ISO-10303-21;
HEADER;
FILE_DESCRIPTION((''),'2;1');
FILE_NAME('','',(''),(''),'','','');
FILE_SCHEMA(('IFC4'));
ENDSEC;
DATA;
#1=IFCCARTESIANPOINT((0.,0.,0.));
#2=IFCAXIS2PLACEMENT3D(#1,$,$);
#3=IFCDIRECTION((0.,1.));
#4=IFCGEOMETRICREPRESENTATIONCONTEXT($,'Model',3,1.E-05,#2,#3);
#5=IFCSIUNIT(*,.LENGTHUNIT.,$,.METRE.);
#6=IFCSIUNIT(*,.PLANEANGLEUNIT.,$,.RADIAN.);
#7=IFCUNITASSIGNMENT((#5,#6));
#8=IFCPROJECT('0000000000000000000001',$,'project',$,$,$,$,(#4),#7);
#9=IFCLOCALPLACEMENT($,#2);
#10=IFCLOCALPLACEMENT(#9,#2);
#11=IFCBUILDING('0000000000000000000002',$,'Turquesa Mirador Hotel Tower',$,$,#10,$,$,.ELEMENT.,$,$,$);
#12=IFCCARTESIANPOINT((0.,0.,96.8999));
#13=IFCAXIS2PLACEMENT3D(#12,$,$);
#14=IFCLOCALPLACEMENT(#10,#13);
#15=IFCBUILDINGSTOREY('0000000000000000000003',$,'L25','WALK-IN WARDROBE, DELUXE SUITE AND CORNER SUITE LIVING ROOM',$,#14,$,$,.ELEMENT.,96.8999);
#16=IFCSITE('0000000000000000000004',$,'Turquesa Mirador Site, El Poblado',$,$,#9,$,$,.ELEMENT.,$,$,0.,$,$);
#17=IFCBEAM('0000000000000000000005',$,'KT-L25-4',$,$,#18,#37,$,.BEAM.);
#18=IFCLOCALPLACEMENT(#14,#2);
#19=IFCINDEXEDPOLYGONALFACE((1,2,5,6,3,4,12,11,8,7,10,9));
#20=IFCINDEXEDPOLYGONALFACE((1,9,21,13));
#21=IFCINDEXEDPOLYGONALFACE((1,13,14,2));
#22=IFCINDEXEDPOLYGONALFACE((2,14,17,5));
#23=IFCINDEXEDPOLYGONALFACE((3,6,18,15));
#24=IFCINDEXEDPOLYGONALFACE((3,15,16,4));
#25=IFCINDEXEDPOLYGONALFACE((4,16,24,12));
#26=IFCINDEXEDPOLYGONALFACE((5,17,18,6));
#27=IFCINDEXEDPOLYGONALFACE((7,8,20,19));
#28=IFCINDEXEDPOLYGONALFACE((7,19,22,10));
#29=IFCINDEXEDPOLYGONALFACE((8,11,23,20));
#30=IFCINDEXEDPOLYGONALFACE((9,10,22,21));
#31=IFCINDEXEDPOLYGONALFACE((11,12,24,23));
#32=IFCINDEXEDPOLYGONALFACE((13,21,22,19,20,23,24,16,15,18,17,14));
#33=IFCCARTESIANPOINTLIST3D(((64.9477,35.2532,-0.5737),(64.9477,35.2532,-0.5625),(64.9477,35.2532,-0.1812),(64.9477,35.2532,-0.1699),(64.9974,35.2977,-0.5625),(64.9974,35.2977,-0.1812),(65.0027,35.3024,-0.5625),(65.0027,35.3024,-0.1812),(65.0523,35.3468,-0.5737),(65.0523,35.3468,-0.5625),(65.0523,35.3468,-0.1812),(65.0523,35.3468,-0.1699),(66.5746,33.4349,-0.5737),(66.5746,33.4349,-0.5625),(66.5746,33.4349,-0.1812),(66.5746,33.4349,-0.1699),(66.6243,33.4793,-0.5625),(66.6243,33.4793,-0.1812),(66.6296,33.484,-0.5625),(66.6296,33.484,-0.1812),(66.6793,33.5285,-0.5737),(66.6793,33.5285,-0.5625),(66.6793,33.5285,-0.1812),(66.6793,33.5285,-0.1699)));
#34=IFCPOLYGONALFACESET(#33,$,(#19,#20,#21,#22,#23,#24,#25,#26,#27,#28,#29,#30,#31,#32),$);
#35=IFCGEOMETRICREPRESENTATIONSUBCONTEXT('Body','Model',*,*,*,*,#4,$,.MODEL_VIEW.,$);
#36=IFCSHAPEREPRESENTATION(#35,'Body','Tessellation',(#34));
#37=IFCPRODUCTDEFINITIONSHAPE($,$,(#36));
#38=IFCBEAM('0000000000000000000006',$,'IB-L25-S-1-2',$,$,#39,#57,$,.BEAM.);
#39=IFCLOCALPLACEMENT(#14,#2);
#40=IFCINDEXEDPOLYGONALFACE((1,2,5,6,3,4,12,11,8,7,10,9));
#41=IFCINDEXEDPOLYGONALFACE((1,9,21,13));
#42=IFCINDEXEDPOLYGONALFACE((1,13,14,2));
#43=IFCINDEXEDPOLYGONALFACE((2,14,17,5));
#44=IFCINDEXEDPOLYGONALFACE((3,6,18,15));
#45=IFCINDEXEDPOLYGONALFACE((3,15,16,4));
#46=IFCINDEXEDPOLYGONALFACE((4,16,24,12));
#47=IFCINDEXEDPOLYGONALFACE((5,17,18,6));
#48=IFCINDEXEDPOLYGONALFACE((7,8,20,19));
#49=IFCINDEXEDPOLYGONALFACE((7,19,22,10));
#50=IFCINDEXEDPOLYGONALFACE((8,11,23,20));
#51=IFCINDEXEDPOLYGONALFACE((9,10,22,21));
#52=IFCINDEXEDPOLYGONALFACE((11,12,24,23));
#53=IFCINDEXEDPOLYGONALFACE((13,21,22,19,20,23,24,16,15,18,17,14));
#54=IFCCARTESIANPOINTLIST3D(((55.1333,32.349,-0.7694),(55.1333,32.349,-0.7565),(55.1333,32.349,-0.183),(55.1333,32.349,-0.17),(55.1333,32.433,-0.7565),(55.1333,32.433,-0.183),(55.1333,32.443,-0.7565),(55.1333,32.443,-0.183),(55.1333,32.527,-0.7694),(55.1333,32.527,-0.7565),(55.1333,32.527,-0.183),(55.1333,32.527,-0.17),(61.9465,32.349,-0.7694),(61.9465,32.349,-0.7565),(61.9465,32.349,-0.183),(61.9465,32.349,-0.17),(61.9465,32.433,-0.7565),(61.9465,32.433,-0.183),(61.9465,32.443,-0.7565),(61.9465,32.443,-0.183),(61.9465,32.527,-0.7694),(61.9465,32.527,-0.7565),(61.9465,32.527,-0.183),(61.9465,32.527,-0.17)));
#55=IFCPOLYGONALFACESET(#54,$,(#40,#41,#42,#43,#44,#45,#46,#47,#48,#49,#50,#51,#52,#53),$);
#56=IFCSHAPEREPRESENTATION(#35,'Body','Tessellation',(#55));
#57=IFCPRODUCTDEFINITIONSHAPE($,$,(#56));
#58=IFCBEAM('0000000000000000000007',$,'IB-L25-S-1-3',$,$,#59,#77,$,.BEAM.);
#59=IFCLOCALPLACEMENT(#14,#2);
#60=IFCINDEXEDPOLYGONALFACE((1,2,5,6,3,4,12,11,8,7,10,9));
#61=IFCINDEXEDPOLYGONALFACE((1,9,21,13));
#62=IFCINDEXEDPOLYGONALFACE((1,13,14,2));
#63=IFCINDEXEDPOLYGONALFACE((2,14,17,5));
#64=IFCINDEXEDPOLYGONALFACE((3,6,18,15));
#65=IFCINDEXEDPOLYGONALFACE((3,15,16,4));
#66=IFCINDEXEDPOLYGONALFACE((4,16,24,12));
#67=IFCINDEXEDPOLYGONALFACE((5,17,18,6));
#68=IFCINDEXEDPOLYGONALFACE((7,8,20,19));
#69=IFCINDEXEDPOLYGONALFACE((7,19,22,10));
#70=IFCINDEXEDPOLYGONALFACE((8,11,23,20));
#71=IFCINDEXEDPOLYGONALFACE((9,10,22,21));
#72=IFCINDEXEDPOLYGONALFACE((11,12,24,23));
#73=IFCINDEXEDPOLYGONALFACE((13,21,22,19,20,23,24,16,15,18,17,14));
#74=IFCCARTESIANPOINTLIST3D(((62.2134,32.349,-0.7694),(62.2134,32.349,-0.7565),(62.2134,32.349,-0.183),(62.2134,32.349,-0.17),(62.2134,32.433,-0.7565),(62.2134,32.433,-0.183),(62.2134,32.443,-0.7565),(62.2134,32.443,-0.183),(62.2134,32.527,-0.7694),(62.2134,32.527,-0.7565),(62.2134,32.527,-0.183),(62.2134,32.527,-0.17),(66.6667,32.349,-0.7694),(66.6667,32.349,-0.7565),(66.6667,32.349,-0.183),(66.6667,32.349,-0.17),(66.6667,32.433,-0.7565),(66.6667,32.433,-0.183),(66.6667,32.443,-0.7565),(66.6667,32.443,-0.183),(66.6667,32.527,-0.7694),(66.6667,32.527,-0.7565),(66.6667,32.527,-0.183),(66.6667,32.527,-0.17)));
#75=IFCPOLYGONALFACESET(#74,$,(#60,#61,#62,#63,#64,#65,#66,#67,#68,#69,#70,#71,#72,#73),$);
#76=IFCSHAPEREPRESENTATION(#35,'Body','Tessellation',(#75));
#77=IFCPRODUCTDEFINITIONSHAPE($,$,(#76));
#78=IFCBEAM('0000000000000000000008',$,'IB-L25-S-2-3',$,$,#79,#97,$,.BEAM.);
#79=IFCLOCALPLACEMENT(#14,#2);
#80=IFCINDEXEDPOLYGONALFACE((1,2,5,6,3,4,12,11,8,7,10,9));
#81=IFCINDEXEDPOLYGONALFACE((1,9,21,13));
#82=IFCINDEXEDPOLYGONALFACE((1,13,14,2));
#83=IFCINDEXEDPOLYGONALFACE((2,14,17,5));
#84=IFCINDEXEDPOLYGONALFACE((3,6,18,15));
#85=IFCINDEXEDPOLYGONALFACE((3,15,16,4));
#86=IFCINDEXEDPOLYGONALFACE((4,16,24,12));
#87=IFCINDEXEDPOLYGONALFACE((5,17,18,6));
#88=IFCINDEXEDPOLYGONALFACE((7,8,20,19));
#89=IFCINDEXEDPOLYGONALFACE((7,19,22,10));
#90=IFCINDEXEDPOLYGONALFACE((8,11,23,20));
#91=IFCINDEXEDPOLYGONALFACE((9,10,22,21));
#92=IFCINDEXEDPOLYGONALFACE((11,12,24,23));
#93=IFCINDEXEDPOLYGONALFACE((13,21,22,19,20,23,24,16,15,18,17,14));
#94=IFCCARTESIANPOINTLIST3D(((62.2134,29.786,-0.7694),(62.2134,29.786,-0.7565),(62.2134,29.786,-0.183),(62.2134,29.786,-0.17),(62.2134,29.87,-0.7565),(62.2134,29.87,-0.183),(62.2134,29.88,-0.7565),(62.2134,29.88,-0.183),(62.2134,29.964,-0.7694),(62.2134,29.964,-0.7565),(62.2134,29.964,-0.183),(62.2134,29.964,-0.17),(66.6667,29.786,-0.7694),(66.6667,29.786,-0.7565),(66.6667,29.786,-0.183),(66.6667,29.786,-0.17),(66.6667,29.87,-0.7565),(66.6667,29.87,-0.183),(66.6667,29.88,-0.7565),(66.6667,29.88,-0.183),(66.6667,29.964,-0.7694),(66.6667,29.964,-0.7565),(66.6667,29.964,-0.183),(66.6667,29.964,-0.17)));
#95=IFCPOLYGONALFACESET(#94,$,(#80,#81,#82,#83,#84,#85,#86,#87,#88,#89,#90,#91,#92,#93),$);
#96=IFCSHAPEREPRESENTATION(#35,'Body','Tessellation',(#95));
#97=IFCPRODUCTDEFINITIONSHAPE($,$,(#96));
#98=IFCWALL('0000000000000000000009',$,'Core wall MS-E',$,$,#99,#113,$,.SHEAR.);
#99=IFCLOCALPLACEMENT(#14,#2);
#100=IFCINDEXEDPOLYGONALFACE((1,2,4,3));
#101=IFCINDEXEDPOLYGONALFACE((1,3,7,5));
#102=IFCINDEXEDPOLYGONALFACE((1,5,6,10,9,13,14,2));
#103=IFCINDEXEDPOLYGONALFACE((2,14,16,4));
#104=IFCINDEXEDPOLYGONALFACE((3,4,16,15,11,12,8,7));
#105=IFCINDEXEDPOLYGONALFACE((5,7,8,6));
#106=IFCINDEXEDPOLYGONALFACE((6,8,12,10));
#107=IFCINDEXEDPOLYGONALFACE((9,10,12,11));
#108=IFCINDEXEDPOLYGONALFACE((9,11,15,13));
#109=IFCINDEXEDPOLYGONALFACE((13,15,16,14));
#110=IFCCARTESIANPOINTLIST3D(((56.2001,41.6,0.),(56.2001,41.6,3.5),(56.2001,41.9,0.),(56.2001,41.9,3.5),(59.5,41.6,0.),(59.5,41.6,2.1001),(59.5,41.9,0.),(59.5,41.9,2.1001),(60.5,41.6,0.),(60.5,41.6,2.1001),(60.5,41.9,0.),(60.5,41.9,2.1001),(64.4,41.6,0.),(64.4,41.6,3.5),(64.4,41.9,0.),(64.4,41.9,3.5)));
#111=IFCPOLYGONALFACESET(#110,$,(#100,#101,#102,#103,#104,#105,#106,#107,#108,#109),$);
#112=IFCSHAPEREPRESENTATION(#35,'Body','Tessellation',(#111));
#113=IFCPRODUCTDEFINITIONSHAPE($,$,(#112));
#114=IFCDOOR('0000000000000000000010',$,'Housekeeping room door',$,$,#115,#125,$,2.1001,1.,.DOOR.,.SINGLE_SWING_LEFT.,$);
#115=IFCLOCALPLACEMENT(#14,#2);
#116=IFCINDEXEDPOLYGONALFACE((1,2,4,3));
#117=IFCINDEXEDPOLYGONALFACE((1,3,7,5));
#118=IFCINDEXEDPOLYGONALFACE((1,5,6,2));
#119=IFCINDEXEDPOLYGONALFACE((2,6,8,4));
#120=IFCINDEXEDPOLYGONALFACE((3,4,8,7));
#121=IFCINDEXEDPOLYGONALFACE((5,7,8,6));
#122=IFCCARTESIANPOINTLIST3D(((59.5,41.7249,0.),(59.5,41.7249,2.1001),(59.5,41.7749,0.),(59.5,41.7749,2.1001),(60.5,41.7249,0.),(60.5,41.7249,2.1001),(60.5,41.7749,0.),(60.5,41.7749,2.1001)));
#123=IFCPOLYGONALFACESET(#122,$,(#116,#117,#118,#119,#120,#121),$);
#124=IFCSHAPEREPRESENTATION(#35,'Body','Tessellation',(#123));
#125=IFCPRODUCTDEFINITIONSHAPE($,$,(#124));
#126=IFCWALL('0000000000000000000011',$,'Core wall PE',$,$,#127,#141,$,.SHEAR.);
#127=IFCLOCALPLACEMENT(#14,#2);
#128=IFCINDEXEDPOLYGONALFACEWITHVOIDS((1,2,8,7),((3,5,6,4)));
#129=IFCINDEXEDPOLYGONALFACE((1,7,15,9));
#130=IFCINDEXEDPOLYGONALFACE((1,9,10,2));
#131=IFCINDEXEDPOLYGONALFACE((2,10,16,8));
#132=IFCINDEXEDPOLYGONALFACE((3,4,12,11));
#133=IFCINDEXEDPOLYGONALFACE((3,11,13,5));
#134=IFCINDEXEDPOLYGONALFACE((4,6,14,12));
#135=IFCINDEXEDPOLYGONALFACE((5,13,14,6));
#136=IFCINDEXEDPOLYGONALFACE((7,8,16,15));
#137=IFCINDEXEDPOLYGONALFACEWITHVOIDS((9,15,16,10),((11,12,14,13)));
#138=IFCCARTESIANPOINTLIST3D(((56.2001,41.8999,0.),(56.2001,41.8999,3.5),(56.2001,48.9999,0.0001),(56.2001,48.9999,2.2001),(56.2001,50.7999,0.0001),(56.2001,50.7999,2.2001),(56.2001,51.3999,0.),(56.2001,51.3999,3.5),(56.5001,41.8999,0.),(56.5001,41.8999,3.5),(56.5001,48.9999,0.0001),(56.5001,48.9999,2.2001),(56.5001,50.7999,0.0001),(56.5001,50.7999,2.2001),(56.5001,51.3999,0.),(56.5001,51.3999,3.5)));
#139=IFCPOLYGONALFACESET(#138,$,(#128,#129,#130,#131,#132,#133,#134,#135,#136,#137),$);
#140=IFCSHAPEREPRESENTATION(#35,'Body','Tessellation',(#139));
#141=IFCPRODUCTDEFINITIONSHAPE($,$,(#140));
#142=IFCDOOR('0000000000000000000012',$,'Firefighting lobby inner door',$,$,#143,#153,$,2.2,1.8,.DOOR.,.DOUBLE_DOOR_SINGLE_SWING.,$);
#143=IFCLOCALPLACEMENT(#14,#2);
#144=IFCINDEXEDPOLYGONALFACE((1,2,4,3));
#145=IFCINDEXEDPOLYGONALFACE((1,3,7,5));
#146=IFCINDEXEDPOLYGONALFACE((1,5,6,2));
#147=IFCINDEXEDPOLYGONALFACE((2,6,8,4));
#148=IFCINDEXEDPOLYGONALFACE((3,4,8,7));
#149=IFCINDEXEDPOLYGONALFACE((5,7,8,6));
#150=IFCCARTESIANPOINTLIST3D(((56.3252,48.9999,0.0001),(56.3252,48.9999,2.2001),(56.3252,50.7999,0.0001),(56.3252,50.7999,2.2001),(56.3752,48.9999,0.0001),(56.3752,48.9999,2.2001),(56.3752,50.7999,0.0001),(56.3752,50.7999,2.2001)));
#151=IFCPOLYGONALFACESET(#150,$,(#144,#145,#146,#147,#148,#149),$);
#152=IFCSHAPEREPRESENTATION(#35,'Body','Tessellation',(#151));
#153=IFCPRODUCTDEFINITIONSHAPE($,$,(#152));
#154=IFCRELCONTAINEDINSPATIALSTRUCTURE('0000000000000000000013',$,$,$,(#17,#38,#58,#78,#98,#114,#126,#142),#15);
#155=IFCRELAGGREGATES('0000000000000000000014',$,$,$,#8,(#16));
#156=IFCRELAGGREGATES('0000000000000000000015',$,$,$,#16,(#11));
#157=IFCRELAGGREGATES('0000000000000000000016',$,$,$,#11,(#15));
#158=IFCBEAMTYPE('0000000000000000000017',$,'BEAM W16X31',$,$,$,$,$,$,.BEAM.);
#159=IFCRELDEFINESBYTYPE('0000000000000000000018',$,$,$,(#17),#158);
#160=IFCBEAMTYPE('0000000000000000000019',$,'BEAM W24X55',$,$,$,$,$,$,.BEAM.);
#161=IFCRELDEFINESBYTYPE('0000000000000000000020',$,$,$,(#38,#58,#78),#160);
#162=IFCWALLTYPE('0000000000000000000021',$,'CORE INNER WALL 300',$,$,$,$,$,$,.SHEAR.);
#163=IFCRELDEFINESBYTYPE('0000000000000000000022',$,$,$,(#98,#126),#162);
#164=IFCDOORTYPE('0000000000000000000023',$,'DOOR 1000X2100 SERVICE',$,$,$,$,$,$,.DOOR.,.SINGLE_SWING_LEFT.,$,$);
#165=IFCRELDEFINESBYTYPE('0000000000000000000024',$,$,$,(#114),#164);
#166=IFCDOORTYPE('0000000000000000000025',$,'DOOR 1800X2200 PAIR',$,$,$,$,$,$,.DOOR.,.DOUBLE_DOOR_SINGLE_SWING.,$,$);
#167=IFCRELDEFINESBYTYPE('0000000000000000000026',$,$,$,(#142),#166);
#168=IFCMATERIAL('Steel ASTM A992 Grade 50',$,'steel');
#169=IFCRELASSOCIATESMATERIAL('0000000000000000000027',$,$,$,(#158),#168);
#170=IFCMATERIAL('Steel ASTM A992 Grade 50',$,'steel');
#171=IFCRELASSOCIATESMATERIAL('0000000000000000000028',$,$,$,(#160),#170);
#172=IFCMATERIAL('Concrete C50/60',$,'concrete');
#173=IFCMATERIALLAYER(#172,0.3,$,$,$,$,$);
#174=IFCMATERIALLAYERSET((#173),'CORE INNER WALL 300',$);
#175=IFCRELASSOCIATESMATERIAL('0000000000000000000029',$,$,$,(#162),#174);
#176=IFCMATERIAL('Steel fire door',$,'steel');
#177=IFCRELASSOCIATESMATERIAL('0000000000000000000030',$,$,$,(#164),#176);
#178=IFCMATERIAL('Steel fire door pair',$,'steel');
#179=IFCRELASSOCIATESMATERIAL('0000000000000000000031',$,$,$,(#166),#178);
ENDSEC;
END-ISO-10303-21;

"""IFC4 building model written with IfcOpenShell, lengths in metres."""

from ifc_helpers import new_model, si_unit, direction, frame, frame_2d, origin, origin_2d, place, context, subcontext, project, spatial, rectangle, i_section, extrude, material, layer, layer_set, material_profile, profile_set, type_object, element, fill, save


model = new_model("IFC4")

# Units and contexts
model_context = context("Model", 3, precision=1e-05, world=origin(), true_north=direction((0.0, 1.0)))
body_context = subcontext(model_context, "Body", "Model", "MODEL_VIEW")
ifc_project = project(units=[si_unit("LENGTHUNIT", "METRE"), si_unit("PLANEANGLEUNIT", "RADIAN")], contexts=[model_context])

# Site, building, storey
site_placement = place(None, origin())
site = spatial("IfcSite", under=ifc_project, at=site_placement, Name="Turquesa Mirador Site, El Poblado", CompositionType="ELEMENT", RefElevation=0.0)
building_placement = place(site_placement, origin())
building = spatial("IfcBuilding", under=site, at=building_placement, Name="Turquesa Mirador Hotel Tower", CompositionType="ELEMENT")
storey_placement = place(building_placement, frame((0.0, 0.0, 96.8999)))
storey = spatial("IfcBuildingStorey", under=building, at=storey_placement, Name="L25", Description="WALK-IN WARDROBE, DELUXE SUITE AND CORNER SUITE LIVING ROOM", CompositionType="ELEMENT", Elevation=96.8999)

# Beams
ifc_material_1 = material(Name="Steel ASTM A992 Grade 50", Category="steel")
ifc_material_profile_1 = material_profile(ifc_material_1, i_section(OverallWidth=0.1404, OverallDepth=0.4038, WebThickness=0.0071, FlangeThickness=0.0112, at=origin_2d()), Name="W16X31")
ifc_profile_set_1 = profile_set([ifc_material_profile_1], Name="Steel ASTM A992 Grade 50")
beam_type_1 = type_object("IfcBeamType", Name="BEAM W16X31", PredefinedType="BEAM", material=ifc_profile_set_1)
beam_1_placement = place(storey_placement, frame((66.627, 33.4817, -0.3718), z_axis=(-0.666795, 0.745241, 0.0), x_axis=(-0.745241, -0.666795, 0.0)))
element("IfcBeam", 1, at=beam_1_placement, inside=storey, type_object=beam_type_1, Name="KT-L25-4", PredefinedType="BEAM", context=body_context, shape_type="SweptSolid", body=[
    extrude(i_section(OverallWidth=0.1404, OverallDepth=0.4038, WebThickness=0.0071, FlangeThickness=0.0112, at=origin_2d()), origin(), (0.0, 0.0, 1.0), 2.4399),
])
ifc_material_2 = material(Name="Steel ASTM A992 Grade 50", Category="steel")
ifc_material_profile_2 = material_profile(ifc_material_2, i_section(OverallWidth=0.178, OverallDepth=0.5994, WebThickness=0.01, FlangeThickness=0.0129, at=origin_2d()), Name="W24X55")
ifc_profile_set_2 = profile_set([ifc_material_profile_2], Name="Steel ASTM A992 Grade 50")
beam_type_2 = type_object("IfcBeamType", Name="BEAM W24X55", PredefinedType="BEAM", material=ifc_profile_set_2)
beam_2_placement = place(storey_placement, frame((55.1333, 32.438, -0.4697), z_axis=(1.0, 0.0, 0.0), x_axis=(0.0, 1.0, 0.0)))
element("IfcBeam", 2, at=beam_2_placement, inside=storey, type_object=beam_type_2, Name="IB-L25-S-1-2", PredefinedType="BEAM", context=body_context, shape_type="SweptSolid", body=[
    extrude(i_section(OverallWidth=0.178, OverallDepth=0.5994, WebThickness=0.01, FlangeThickness=0.0129, at=origin_2d()), origin(), (0.0, 0.0, 1.0), 6.8132),
])
for number, where, z_axis, x_axis, name in (
    (3, (62.2134, 32.438, -0.4697), (1.0, 0.0, 0.0), (0.0, 1.0, 0.0), "IB-L25-S-1-3"),
    (4, (62.2134, 29.875, -0.4697), (1.0, 0.0, 0.0), (0.0, 1.0, 0.0), "IB-L25-S-2-3"),
):
    element("IfcBeam", number, at=place(storey_placement, frame(where, z_axis=z_axis, x_axis=x_axis)), inside=storey, type_object=beam_type_2, Name=name, PredefinedType="BEAM", context=body_context, shape_type="SweptSolid", body=[
        extrude(i_section(OverallWidth=0.178, OverallDepth=0.5994, WebThickness=0.01, FlangeThickness=0.0129, at=origin_2d()), origin(), (0.0, 0.0, 1.0), 4.4534),
    ])

# Walls, openings, doors
ifc_material_3 = material(Name="Concrete C50/60", Category="concrete")
ifc_layer_1 = layer(ifc_material_3, 0.3)
ifc_layer_set_1 = layer_set([ifc_layer_1], Name="CORE INNER WALL 300")
wall_type_1 = type_object("IfcWallType", Name="CORE INNER WALL 300", PredefinedType="SHEAR", material=ifc_layer_set_1)
wall_1_placement = place(storey_placement, frame((56.2, 41.75, 0.0), z_axis=(0.0, 0.0, 1.0), x_axis=(1.0, 0.0, 0.0)))
wall_1 = element("IfcWall", 5, at=wall_1_placement, inside=storey, type_object=wall_type_1, Name="Core wall MS-E", PredefinedType="SHEAR", context=body_context, shape_type="SweptSolid", body=[
    extrude(rectangle(XDim=8.2, YDim=0.3, at=frame_2d((4.1001, 0.0))), origin(), (0.0, 0.0, 1.0), 3.5),
])
opening_1_placement = place(wall_1_placement, frame((3.3, 0.0, 0.0)))
opening_1 = element("IfcOpeningElement", 6, at=opening_1_placement, cuts=wall_1, PredefinedType="OPENING", context=body_context, shape_type="SweptSolid", body=[
    extrude(rectangle(XDim=1.0, YDim=2.1001, at=frame_2d((0.5, 1.05))), frame((0.0, 0.1599, 0.0), z_axis=(0.0, -1.0, 0.0), x_axis=(1.0, 0.0, 0.0)), (0.0, 0.0, 1.0), 0.3201),
])
ifc_material_4 = material(Name="Steel fire door", Category="steel")
door_type_1 = type_object("IfcDoorType", Name="DOOR 1000X2100 SERVICE", OperationType="SINGLE_SWING_LEFT", PredefinedType="DOOR", material=ifc_material_4)
door_1_placement = place(opening_1_placement, origin())
door_1 = element("IfcDoor", 7, at=door_1_placement, inside=storey, type_object=door_type_1, Name="Housekeeping room door", OperationType="SINGLE_SWING_LEFT", OverallHeight=2.1001, OverallWidth=1.0, PredefinedType="DOOR", context=body_context, shape_type="SweptSolid", body=[
    extrude(rectangle(XDim=1.0, YDim=2.1001, at=frame_2d((0.5, 1.05))), frame((0.0, 0.0249, 0.0), z_axis=(0.0, -1.0, 0.0), x_axis=(1.0, 0.0, 0.0)), (0.0, 0.0, 1.0), 0.05),
])
fill(opening_1, door_1)
wall_2_placement = place(storey_placement, frame((56.3501, 41.8999, 0.0), z_axis=(0.0, 0.0, 1.0), x_axis=(0.0, 1.0, 0.0)))
wall_2 = element("IfcWall", 8, at=wall_2_placement, inside=storey, type_object=wall_type_1, Name="Core wall PE", PredefinedType="SHEAR", context=body_context, shape_type="SweptSolid", body=[
    extrude(rectangle(XDim=9.5, YDim=0.3, at=frame_2d((4.75, 0.0))), origin(), (0.0, 0.0, 1.0), 3.5),
])
opening_2_placement = place(wall_2_placement, frame((7.1001, 0.0, 0.0)))
opening_2 = element("IfcOpeningElement", 9, at=opening_2_placement, cuts=wall_2, PredefinedType="OPENING", context=body_context, shape_type="SweptSolid", body=[
    extrude(rectangle(XDim=1.8, YDim=2.2, at=frame_2d((0.8999, 1.1001))), frame((0.0, 0.1599, 0.0), z_axis=(0.0, -1.0, 0.0), x_axis=(1.0, 0.0, 0.0)), (0.0, 0.0, 1.0), 0.3201),
])
ifc_material_5 = material(Name="Steel fire door pair", Category="steel")
door_type_2 = type_object("IfcDoorType", Name="DOOR 1800X2200 PAIR", OperationType="DOUBLE_DOOR_SINGLE_SWING", PredefinedType="DOOR", material=ifc_material_5)
door_2_placement = place(opening_2_placement, origin())
door_2 = element("IfcDoor", 10, at=door_2_placement, inside=storey, type_object=door_type_2, Name="Firefighting lobby inner door", OperationType="DOUBLE_DOOR_SINGLE_SWING", OverallHeight=2.2, OverallWidth=1.8, PredefinedType="DOOR", context=body_context, shape_type="SweptSolid", body=[
    extrude(rectangle(XDim=1.8, YDim=2.2, at=frame_2d((0.8999, 1.1001))), frame((0.0, 0.0249, 0.0), z_axis=(0.0, -1.0, 0.0), x_axis=(1.0, 0.0, 0.0)), (0.0, 0.0, 1.0), 0.05),
])
fill(opening_2, door_2)

save(model, "model.ifc")
